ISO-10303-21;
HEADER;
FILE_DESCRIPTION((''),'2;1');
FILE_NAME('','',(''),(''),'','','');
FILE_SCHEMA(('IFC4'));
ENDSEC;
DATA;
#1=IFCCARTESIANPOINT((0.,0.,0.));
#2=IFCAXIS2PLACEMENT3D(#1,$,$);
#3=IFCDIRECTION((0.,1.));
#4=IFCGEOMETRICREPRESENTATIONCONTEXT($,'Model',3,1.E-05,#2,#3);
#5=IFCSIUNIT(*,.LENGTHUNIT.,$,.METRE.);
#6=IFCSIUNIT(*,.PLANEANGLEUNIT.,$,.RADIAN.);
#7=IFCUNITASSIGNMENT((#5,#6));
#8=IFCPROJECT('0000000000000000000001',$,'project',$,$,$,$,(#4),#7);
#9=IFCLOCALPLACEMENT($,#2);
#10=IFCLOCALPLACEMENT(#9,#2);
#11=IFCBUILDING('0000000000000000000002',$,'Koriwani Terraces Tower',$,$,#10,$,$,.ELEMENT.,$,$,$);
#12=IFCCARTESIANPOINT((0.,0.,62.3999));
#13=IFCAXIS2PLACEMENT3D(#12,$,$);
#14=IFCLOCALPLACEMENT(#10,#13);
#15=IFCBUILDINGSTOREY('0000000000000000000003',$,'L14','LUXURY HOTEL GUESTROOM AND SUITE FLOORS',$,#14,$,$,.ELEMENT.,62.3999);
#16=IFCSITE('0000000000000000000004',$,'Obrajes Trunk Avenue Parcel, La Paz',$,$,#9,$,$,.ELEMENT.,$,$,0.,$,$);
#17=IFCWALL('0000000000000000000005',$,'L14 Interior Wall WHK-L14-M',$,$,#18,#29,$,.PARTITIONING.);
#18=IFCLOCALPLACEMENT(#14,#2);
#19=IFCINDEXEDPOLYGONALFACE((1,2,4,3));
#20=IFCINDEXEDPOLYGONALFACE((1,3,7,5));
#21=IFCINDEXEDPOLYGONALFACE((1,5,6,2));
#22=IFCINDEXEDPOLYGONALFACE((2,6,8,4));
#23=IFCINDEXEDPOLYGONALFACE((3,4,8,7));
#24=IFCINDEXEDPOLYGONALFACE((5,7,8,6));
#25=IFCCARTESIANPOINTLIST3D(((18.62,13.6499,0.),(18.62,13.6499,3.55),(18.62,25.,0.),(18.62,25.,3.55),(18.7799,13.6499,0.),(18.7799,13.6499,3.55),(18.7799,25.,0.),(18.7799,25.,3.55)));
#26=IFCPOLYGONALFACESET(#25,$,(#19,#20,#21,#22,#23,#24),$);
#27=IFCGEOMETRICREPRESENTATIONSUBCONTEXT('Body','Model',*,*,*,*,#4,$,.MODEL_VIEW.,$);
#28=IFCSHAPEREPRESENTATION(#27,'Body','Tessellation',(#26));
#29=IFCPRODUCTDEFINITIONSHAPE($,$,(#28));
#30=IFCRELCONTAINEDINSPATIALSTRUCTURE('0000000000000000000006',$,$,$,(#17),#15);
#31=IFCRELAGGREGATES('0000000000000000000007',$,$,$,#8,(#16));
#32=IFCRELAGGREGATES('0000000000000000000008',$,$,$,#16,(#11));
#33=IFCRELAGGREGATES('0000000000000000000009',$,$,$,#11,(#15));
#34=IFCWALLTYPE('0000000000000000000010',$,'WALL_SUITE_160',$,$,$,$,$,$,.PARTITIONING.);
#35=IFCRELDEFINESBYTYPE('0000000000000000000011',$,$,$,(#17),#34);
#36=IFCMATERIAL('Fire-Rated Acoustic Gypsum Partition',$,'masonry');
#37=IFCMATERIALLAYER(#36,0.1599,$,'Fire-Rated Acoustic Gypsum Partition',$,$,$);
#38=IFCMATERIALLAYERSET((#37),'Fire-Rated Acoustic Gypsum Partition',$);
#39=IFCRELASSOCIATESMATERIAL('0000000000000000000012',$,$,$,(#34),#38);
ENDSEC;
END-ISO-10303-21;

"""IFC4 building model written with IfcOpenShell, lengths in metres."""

from ifc_helpers import new_model, si_unit, direction, frame, frame_2d, origin, place, context, subcontext, project, spatial, rectangle, extrude, material, layer, layer_set, type_object, element, save


model = new_model("IFC4")

# Units and contexts
model_context = context("Model", 3, precision=1e-05, world=origin(), true_north=direction((0.0, 1.0)))
body_context = subcontext(model_context, "Body", "Model", "MODEL_VIEW")
ifc_project = project(units=[si_unit("LENGTHUNIT", "METRE"), si_unit("PLANEANGLEUNIT", "RADIAN")], contexts=[model_context])

# Site, building, storey
site_placement = place(None, origin())
site = spatial("IfcSite", under=ifc_project, at=site_placement, Name="Obrajes Trunk Avenue Parcel, La Paz", CompositionType="ELEMENT", RefElevation=0.0)
building_placement = place(site_placement, origin())
building = spatial("IfcBuilding", under=site, at=building_placement, Name="Koriwani Terraces Tower", CompositionType="ELEMENT")
storey_placement = place(building_placement, frame((0.0, 0.0, 62.3999)))
storey = spatial("IfcBuildingStorey", under=building, at=storey_placement, Name="L14", Description="LUXURY HOTEL GUESTROOM AND SUITE FLOORS", CompositionType="ELEMENT", Elevation=62.3999)

# Wall
ifc_material_1 = material(Name="Fire-Rated Acoustic Gypsum Partition", Category="masonry")
ifc_layer_1 = layer(ifc_material_1, 0.1599, Name="Fire-Rated Acoustic Gypsum Partition")
ifc_layer_set_1 = layer_set([ifc_layer_1], Name="Fire-Rated Acoustic Gypsum Partition")
wall_type_1 = type_object("IfcWallType", Name="WALL_SUITE_160", PredefinedType="PARTITIONING", material=ifc_layer_set_1)
wall_1_placement = place(storey_placement, frame((18.7, 13.6499, 0.0), z_axis=(0.0, 0.0, 1.0), x_axis=(0.0, 1.0, 0.0)))
element("IfcWall", 1, at=wall_1_placement, inside=storey, type_object=wall_type_1, Name="L14 Interior Wall WHK-L14-M", PredefinedType="PARTITIONING", context=body_context, shape_type="SweptSolid", body=[
    extrude(rectangle(XDim=11.3501, YDim=0.1599, at=frame_2d((5.675, 0.0))), origin(), (0.0, 0.0, 1.0), 3.55),
])

save(model, "model.ifc")
